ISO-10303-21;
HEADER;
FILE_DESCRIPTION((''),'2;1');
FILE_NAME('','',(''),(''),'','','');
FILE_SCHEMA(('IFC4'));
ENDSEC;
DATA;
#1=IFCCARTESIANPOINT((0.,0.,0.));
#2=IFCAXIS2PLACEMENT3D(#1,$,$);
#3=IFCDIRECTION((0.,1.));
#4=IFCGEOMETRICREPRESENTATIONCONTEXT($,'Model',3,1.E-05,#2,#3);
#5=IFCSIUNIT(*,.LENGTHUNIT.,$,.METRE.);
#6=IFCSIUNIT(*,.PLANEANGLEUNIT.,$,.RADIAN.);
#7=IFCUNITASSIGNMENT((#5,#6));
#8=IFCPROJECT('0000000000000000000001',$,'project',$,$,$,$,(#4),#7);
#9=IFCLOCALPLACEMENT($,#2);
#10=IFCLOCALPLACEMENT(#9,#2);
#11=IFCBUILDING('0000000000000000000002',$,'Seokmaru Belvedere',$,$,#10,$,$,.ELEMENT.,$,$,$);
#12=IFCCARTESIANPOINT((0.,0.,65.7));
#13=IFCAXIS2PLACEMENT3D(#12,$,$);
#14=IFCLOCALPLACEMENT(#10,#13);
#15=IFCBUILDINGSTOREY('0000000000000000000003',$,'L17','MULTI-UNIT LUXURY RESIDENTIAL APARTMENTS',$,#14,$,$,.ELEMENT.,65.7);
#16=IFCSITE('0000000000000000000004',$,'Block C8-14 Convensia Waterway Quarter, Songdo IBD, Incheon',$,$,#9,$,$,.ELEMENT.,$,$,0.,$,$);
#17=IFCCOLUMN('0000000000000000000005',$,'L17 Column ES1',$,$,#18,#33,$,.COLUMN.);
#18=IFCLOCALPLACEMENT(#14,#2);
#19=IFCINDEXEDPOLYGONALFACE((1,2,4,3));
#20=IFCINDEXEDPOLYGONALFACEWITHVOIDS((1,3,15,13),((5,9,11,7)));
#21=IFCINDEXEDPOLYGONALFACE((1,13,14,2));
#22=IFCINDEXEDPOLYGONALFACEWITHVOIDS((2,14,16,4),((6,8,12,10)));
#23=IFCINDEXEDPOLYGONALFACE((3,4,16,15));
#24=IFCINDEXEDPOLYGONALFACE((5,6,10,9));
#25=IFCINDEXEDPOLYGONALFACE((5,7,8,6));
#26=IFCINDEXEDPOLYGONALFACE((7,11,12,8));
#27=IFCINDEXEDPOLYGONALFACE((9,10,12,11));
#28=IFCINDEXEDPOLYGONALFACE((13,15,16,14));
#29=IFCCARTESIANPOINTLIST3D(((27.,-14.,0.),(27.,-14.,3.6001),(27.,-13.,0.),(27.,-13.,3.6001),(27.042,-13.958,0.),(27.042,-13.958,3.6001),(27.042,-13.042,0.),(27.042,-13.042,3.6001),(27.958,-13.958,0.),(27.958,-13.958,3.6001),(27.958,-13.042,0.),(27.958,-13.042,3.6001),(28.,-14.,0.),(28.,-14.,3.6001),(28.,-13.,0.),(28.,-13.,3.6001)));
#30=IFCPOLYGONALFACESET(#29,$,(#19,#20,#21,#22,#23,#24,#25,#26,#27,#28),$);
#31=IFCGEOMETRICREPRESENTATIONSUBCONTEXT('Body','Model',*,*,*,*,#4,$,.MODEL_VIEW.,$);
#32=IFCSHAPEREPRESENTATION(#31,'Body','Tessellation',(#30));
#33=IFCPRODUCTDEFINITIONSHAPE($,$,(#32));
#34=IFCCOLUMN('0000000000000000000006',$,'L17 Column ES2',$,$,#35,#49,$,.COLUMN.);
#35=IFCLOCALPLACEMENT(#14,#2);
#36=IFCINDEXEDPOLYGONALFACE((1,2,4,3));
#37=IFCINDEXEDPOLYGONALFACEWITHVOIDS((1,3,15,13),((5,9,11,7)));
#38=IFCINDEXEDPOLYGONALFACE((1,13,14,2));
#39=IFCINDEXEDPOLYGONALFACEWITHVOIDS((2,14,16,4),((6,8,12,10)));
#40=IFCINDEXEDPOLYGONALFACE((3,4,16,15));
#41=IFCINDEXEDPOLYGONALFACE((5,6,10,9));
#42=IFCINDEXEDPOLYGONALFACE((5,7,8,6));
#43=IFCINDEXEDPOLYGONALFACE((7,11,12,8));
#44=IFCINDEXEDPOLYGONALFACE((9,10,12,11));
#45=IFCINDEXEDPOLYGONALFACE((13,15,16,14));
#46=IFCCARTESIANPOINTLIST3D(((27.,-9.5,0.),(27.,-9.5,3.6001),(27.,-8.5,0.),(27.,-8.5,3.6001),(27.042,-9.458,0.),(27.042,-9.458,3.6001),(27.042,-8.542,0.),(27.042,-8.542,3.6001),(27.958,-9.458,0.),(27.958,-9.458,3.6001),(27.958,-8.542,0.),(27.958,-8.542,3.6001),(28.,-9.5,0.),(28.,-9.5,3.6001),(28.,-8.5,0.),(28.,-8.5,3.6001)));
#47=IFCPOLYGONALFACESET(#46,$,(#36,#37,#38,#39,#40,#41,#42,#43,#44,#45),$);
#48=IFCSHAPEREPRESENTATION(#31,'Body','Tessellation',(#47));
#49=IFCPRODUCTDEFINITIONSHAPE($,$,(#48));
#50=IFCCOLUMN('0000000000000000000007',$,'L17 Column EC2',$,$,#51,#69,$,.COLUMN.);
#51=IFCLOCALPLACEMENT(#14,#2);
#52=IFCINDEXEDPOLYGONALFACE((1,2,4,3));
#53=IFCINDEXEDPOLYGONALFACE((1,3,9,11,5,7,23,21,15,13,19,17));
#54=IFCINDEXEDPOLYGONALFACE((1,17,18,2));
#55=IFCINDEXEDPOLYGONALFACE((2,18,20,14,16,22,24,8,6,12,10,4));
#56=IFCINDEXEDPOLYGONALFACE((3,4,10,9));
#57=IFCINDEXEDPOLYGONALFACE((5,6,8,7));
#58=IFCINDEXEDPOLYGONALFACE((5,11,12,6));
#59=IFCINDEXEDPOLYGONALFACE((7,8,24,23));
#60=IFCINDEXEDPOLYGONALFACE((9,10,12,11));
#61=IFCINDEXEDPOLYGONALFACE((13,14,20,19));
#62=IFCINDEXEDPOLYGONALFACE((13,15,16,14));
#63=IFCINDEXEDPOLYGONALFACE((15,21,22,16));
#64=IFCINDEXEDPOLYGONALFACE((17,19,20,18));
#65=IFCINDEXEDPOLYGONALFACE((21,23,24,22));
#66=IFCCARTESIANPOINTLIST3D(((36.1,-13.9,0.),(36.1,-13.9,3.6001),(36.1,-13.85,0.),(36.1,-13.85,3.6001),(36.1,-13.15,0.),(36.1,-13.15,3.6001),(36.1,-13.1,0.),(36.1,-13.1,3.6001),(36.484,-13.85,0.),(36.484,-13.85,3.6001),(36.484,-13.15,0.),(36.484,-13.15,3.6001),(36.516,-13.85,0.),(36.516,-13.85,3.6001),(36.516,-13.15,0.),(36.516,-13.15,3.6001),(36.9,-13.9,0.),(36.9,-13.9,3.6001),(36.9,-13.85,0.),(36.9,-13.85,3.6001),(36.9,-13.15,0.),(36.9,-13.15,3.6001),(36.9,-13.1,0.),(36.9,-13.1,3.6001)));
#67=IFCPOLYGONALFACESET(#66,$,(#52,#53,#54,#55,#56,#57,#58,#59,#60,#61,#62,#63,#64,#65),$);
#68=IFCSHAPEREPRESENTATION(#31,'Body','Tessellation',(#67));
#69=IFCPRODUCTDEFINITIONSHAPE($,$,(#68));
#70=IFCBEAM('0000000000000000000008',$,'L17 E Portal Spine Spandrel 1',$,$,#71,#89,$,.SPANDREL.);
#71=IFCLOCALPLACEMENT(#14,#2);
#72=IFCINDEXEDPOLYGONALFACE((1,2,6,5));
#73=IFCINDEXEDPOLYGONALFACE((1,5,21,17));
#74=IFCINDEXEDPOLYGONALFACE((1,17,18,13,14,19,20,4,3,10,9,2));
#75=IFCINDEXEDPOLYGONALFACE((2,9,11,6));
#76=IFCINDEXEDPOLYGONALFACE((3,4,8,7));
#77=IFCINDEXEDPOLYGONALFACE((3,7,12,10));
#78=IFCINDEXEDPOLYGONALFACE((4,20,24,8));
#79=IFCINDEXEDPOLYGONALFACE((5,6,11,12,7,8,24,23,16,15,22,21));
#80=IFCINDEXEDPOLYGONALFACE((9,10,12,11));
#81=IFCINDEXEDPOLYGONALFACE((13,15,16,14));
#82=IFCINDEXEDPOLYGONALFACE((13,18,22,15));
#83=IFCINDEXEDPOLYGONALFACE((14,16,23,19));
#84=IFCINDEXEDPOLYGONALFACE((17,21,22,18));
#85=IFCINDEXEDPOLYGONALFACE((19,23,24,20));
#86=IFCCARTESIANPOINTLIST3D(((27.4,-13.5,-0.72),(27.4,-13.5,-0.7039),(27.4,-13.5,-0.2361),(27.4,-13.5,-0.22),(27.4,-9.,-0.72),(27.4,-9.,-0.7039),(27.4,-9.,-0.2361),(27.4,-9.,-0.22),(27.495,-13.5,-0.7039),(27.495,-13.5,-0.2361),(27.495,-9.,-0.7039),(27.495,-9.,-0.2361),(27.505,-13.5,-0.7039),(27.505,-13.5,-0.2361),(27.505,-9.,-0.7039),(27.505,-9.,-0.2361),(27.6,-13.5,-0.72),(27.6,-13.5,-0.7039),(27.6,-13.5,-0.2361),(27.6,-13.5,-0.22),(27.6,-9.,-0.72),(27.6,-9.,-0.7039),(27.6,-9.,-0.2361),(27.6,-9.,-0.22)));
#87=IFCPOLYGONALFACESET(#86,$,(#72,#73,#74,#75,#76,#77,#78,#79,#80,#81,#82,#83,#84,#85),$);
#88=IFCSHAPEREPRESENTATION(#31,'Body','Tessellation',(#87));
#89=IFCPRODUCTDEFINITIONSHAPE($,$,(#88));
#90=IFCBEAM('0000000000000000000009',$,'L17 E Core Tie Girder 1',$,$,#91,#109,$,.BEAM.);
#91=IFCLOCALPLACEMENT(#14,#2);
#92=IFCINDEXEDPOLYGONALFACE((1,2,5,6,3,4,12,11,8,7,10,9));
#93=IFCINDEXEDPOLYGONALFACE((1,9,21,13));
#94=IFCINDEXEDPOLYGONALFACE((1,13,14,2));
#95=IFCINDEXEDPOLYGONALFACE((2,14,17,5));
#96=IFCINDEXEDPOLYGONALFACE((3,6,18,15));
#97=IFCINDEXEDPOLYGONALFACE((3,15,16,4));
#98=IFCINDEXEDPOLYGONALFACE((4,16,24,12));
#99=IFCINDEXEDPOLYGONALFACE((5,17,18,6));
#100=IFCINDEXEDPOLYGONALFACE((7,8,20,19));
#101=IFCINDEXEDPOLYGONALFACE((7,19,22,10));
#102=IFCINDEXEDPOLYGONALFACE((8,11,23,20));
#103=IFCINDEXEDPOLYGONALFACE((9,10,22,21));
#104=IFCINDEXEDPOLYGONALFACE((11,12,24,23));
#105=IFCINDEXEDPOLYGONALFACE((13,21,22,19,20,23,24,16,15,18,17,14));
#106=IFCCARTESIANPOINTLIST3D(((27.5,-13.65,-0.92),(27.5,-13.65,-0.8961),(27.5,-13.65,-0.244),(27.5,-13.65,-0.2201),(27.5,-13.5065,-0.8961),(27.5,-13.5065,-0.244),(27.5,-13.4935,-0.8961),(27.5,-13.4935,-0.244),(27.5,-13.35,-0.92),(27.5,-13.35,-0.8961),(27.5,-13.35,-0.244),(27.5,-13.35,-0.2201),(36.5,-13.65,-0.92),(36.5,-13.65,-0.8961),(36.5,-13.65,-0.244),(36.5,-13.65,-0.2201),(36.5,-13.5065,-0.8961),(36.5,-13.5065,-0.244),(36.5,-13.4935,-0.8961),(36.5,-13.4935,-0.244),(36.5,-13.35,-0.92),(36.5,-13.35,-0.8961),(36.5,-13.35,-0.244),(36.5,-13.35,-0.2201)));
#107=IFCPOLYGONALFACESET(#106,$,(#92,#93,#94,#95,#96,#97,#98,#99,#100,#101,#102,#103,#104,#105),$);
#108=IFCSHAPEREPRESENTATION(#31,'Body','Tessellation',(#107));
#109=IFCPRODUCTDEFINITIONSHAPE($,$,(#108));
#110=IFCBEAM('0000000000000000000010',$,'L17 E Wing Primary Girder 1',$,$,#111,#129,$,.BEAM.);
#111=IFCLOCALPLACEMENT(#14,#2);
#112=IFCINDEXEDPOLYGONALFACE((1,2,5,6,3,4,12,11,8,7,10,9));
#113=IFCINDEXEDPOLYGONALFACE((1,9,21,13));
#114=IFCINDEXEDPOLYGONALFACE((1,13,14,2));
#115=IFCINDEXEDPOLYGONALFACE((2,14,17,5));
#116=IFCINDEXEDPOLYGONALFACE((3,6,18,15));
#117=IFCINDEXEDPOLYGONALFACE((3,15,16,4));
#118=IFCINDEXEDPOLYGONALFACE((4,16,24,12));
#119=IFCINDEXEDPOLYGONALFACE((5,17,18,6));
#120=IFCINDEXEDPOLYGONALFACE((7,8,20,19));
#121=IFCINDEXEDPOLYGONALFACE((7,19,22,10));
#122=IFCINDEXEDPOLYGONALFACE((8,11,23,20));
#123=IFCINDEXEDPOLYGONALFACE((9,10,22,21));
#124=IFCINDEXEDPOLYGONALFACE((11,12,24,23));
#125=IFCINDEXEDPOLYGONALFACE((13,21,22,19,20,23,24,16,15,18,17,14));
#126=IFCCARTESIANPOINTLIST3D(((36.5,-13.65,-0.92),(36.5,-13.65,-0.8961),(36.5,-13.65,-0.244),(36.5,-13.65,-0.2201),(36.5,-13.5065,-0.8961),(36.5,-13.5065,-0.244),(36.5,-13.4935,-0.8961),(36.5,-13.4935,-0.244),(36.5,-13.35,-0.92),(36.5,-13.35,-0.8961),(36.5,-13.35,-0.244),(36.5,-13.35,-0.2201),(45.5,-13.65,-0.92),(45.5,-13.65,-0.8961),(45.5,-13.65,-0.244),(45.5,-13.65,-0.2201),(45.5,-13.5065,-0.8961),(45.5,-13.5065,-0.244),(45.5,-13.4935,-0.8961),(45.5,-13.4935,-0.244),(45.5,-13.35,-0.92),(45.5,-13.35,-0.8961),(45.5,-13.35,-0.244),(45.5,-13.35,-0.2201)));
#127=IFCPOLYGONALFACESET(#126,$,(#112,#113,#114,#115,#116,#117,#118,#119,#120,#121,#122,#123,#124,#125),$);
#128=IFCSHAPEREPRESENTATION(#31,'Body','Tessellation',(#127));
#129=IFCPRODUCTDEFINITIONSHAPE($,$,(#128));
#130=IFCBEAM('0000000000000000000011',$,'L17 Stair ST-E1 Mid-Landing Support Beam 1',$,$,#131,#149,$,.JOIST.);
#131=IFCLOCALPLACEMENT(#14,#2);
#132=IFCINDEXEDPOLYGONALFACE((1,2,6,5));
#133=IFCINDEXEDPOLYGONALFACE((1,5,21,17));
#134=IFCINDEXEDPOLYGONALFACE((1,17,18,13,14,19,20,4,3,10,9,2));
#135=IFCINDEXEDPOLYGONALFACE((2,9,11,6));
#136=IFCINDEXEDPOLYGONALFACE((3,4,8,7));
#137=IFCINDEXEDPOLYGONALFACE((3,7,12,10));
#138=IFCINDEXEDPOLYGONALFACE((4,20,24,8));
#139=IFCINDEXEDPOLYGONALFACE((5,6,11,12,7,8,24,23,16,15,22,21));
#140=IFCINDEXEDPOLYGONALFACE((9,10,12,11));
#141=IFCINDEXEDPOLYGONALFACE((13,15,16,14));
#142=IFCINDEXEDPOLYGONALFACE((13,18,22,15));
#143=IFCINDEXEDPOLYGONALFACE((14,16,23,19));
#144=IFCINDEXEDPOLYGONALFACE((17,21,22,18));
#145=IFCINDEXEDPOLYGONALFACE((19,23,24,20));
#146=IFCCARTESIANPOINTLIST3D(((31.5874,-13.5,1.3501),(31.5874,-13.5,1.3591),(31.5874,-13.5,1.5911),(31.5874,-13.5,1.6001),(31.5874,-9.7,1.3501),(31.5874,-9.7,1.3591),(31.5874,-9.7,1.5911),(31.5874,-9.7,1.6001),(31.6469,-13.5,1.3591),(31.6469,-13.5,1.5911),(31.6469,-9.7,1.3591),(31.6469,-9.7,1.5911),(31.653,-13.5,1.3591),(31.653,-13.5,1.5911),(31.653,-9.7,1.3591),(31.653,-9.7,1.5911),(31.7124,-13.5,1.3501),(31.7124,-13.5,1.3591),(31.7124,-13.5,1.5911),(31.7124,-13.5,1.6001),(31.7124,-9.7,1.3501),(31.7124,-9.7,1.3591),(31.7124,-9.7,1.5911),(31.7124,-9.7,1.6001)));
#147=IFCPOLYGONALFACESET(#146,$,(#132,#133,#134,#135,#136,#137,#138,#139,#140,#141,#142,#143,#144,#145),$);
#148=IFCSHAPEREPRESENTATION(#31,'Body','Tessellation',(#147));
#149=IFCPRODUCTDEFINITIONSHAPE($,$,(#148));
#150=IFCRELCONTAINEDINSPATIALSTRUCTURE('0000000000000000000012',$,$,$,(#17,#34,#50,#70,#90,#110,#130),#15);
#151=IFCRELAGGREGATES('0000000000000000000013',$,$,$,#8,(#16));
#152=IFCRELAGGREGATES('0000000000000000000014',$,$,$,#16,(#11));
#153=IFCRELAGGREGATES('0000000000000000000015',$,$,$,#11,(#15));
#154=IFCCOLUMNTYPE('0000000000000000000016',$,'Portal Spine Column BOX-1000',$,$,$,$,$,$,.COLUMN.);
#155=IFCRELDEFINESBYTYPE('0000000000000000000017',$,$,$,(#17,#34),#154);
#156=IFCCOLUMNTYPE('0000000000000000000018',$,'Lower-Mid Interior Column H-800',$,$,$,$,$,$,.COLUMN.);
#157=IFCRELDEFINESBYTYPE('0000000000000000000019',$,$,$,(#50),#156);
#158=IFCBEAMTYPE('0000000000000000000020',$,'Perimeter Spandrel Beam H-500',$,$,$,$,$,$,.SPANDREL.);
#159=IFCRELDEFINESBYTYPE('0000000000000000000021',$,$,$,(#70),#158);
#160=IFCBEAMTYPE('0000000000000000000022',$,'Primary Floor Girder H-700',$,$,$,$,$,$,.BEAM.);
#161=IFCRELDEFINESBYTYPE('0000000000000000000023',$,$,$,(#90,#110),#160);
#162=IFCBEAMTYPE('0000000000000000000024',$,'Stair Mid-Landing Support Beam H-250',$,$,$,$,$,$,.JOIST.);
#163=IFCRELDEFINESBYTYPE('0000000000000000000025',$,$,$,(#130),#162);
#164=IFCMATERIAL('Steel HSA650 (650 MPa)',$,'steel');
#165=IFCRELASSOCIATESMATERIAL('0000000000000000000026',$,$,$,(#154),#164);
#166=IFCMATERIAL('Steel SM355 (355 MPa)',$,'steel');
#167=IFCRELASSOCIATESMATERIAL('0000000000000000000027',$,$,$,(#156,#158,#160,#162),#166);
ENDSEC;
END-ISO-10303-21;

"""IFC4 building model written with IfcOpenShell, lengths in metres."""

from ifc_helpers import new_model, si_unit, direction, frame, origin, origin_2d, place, context, subcontext, project, spatial, hollow_rectangle, i_section, extrude, source, transform, mapped, material, material_profile, profile_set, type_object, type_shapes, element, save


model = new_model("IFC4")

# Units and contexts
model_context = context("Model", 3, precision=1e-05, world=origin(), true_north=direction((0.0, 1.0)))
body_context = subcontext(model_context, "Body", "Model", "MODEL_VIEW")
ifc_project = project(units=[si_unit("LENGTHUNIT", "METRE"), si_unit("PLANEANGLEUNIT", "RADIAN")], contexts=[model_context])

# Site, building, storey
site_placement = place(None, origin())
site = spatial("IfcSite", under=ifc_project, at=site_placement, Name="Block C8-14 Convensia Waterway Quarter, Songdo IBD, Incheon", CompositionType="ELEMENT", RefElevation=0.0)
building_placement = place(site_placement, origin())
building = spatial("IfcBuilding", under=site, at=building_placement, Name="Seokmaru Belvedere", CompositionType="ELEMENT")
storey_placement = place(building_placement, frame((0.0, 0.0, 65.7)))
storey = spatial("IfcBuildingStorey", under=building, at=storey_placement, Name="L17", Description="MULTI-UNIT LUXURY RESIDENTIAL APARTMENTS", CompositionType="ELEMENT", Elevation=65.7)

# Columns
ifc_material_1 = material(Name="Steel HSA650 (650 MPa)", Category="steel")
ifc_material_profile_1 = material_profile(ifc_material_1, hollow_rectangle(XDim=1.0, YDim=1.0, WallThickness=0.042, at=origin_2d()), Name="BOX-1000x1000x42")
ifc_profile_set_1 = profile_set([ifc_material_profile_1], Name="Steel HSA650 (650 MPa)")
column_type_1 = type_object("IfcColumnType", Name="Portal Spine Column BOX-1000", PredefinedType="COLUMN", material=ifc_profile_set_1)
shared_shape_1 = source(origin(), body_context, "Body", "SweptSolid", [
    extrude(hollow_rectangle(XDim=1.0, YDim=1.0, WallThickness=0.042, at=origin_2d()), origin(), (0.0, 0.0, 1.0), 3.6001),
])
type_shapes(column_type_1, [shared_shape_1])
for number, where, z_axis, x_axis, name in (
    (1, (27.5, -13.5, 0.0), (0.0, 0.0, 1.0), (1.0, 0.0, 0.0), "L17 Column ES1"),
    (2, (27.5, -9.0, 0.0), (0.0, 0.0, 1.0), (1.0, 0.0, 0.0), "L17 Column ES2"),
):
    element("IfcColumn", number, at=place(storey_placement, frame(where, z_axis=z_axis, x_axis=x_axis)), inside=storey, type_object=column_type_1, Name=name, PredefinedType="COLUMN", context=body_context, shape_type="MappedRepresentation", body=[
        mapped(shared_shape_1, transform((0.0, 0.0, 0.0), scale=1.0)),
    ])
ifc_material_2 = material(Name="Steel SM355 (355 MPa)", Category="steel")
ifc_material_profile_2 = material_profile(ifc_material_2, i_section(OverallWidth=0.8, OverallDepth=0.8, WebThickness=0.032, FlangeThickness=0.05, at=origin_2d()), Name="H-800x800x32x50")
ifc_profile_set_2 = profile_set([ifc_material_profile_2], Name="Steel SM355 (355 MPa)")
column_type_2 = type_object("IfcColumnType", Name="Lower-Mid Interior Column H-800", PredefinedType="COLUMN", material=ifc_profile_set_2)
shared_shape_2 = source(origin(), body_context, "Body", "SweptSolid", [
    extrude(i_section(OverallWidth=0.8, OverallDepth=0.8, WebThickness=0.032, FlangeThickness=0.05, at=origin_2d()), origin(), (0.0, 0.0, 1.0), 3.6001),
])
type_shapes(column_type_2, [shared_shape_2])
column_placement = place(storey_placement, frame((36.5, -13.5, 0.0), z_axis=(0.0, 0.0, 1.0), x_axis=(1.0, 0.0, 0.0)))
element("IfcColumn", 3, at=column_placement, inside=storey, type_object=column_type_2, Name="L17 Column EC2", PredefinedType="COLUMN", context=body_context, shape_type="MappedRepresentation", body=[
    mapped(shared_shape_2, transform((0.0, 0.0, 0.0), scale=1.0)),
])

# Beams
ifc_material_profile_3 = material_profile(ifc_material_2, i_section(OverallWidth=0.2, OverallDepth=0.5, WebThickness=0.01, FlangeThickness=0.0161, at=origin_2d()), Name="H-500x200x10x16")
ifc_profile_set_3 = profile_set([ifc_material_profile_3], Name="Steel SM355 (355 MPa)")
beam_type_1 = type_object("IfcBeamType", Name="Perimeter Spandrel Beam H-500", PredefinedType="SPANDREL", material=ifc_profile_set_3)
shared_shape_3 = source(origin(), body_context, "Body", "SweptSolid", [
    extrude(i_section(OverallWidth=0.2, OverallDepth=0.5, WebThickness=0.01, FlangeThickness=0.0161, at=origin_2d()), origin(), (0.0, 0.0, 1.0), 4.5),
])
type_shapes(beam_type_1, [shared_shape_3])
beam_1_placement = place(storey_placement, frame((27.5, -13.5, -0.47), z_axis=(0.0, 1.0, 0.0), x_axis=(-1.0, 0.0, 0.0)))
element("IfcBeam", 4, at=beam_1_placement, inside=storey, type_object=beam_type_1, Name="L17 E Portal Spine Spandrel 1", PredefinedType="SPANDREL", context=body_context, shape_type="MappedRepresentation", body=[
    mapped(shared_shape_3, transform((0.0, 0.0, 0.0), scale=1.0)),
])
ifc_material_profile_4 = material_profile(ifc_material_2, i_section(OverallWidth=0.3, OverallDepth=0.7, WebThickness=0.0129, FlangeThickness=0.0239, at=origin_2d()), Name="H-700x300x13x24")
ifc_profile_set_4 = profile_set([ifc_material_profile_4], Name="Steel SM355 (355 MPa)")
beam_type_2 = type_object("IfcBeamType", Name="Primary Floor Girder H-700", PredefinedType="BEAM", material=ifc_profile_set_4)
shared_shape_4 = source(origin(), body_context, "Body", "SweptSolid", [
    extrude(i_section(OverallWidth=0.3, OverallDepth=0.7, WebThickness=0.0129, FlangeThickness=0.0239, at=origin_2d()), origin(), (0.0, 0.0, 1.0), 9.0),
])
type_shapes(beam_type_2, [shared_shape_4])
for number, where, z_axis, x_axis, name in (
    (5, (27.5, -13.5, -0.5701), (1.0, 0.0, 0.0), (0.0, 1.0, 0.0), "L17 E Core Tie Girder 1"),
    (6, (36.5, -13.5, -0.5701), (1.0, 0.0, 0.0), (0.0, 1.0, 0.0), "L17 E Wing Primary Girder 1"),
):
    element("IfcBeam", number, at=place(storey_placement, frame(where, z_axis=z_axis, x_axis=x_axis)), inside=storey, type_object=beam_type_2, Name=name, PredefinedType="BEAM", context=body_context, shape_type="MappedRepresentation", body=[
        mapped(shared_shape_4, transform((0.0, 0.0, 0.0), scale=1.0)),
    ])
ifc_material_profile_5 = material_profile(ifc_material_2, i_section(OverallWidth=0.125, OverallDepth=0.25, WebThickness=0.0061, FlangeThickness=0.009, at=origin_2d()), Name="H-250x125x6x9")
ifc_profile_set_5 = profile_set([ifc_material_profile_5], Name="Steel SM355 (355 MPa)")
beam_type_3 = type_object("IfcBeamType", Name="Stair Mid-Landing Support Beam H-250", PredefinedType="JOIST", material=ifc_profile_set_5)
shared_shape_5 = source(origin(), body_context, "Body", "SweptSolid", [
    extrude(i_section(OverallWidth=0.125, OverallDepth=0.25, WebThickness=0.0061, FlangeThickness=0.009, at=origin_2d()), origin(), (0.0, 0.0, 1.0), 3.8),
])
type_shapes(beam_type_3, [shared_shape_5])
beam_2_placement = place(storey_placement, frame((31.6499, -13.5, 1.4751), z_axis=(0.0, 1.0, 0.0), x_axis=(-1.0, 0.0, 0.0)))
element("IfcBeam", 7, at=beam_2_placement, inside=storey, type_object=beam_type_3, Name="L17 Stair ST-E1 Mid-Landing Support Beam 1", PredefinedType="JOIST", context=body_context, shape_type="MappedRepresentation", body=[
    mapped(shared_shape_5, transform((0.0, 0.0, 0.0), scale=1.0)),
])

save(model, "model.ifc")
